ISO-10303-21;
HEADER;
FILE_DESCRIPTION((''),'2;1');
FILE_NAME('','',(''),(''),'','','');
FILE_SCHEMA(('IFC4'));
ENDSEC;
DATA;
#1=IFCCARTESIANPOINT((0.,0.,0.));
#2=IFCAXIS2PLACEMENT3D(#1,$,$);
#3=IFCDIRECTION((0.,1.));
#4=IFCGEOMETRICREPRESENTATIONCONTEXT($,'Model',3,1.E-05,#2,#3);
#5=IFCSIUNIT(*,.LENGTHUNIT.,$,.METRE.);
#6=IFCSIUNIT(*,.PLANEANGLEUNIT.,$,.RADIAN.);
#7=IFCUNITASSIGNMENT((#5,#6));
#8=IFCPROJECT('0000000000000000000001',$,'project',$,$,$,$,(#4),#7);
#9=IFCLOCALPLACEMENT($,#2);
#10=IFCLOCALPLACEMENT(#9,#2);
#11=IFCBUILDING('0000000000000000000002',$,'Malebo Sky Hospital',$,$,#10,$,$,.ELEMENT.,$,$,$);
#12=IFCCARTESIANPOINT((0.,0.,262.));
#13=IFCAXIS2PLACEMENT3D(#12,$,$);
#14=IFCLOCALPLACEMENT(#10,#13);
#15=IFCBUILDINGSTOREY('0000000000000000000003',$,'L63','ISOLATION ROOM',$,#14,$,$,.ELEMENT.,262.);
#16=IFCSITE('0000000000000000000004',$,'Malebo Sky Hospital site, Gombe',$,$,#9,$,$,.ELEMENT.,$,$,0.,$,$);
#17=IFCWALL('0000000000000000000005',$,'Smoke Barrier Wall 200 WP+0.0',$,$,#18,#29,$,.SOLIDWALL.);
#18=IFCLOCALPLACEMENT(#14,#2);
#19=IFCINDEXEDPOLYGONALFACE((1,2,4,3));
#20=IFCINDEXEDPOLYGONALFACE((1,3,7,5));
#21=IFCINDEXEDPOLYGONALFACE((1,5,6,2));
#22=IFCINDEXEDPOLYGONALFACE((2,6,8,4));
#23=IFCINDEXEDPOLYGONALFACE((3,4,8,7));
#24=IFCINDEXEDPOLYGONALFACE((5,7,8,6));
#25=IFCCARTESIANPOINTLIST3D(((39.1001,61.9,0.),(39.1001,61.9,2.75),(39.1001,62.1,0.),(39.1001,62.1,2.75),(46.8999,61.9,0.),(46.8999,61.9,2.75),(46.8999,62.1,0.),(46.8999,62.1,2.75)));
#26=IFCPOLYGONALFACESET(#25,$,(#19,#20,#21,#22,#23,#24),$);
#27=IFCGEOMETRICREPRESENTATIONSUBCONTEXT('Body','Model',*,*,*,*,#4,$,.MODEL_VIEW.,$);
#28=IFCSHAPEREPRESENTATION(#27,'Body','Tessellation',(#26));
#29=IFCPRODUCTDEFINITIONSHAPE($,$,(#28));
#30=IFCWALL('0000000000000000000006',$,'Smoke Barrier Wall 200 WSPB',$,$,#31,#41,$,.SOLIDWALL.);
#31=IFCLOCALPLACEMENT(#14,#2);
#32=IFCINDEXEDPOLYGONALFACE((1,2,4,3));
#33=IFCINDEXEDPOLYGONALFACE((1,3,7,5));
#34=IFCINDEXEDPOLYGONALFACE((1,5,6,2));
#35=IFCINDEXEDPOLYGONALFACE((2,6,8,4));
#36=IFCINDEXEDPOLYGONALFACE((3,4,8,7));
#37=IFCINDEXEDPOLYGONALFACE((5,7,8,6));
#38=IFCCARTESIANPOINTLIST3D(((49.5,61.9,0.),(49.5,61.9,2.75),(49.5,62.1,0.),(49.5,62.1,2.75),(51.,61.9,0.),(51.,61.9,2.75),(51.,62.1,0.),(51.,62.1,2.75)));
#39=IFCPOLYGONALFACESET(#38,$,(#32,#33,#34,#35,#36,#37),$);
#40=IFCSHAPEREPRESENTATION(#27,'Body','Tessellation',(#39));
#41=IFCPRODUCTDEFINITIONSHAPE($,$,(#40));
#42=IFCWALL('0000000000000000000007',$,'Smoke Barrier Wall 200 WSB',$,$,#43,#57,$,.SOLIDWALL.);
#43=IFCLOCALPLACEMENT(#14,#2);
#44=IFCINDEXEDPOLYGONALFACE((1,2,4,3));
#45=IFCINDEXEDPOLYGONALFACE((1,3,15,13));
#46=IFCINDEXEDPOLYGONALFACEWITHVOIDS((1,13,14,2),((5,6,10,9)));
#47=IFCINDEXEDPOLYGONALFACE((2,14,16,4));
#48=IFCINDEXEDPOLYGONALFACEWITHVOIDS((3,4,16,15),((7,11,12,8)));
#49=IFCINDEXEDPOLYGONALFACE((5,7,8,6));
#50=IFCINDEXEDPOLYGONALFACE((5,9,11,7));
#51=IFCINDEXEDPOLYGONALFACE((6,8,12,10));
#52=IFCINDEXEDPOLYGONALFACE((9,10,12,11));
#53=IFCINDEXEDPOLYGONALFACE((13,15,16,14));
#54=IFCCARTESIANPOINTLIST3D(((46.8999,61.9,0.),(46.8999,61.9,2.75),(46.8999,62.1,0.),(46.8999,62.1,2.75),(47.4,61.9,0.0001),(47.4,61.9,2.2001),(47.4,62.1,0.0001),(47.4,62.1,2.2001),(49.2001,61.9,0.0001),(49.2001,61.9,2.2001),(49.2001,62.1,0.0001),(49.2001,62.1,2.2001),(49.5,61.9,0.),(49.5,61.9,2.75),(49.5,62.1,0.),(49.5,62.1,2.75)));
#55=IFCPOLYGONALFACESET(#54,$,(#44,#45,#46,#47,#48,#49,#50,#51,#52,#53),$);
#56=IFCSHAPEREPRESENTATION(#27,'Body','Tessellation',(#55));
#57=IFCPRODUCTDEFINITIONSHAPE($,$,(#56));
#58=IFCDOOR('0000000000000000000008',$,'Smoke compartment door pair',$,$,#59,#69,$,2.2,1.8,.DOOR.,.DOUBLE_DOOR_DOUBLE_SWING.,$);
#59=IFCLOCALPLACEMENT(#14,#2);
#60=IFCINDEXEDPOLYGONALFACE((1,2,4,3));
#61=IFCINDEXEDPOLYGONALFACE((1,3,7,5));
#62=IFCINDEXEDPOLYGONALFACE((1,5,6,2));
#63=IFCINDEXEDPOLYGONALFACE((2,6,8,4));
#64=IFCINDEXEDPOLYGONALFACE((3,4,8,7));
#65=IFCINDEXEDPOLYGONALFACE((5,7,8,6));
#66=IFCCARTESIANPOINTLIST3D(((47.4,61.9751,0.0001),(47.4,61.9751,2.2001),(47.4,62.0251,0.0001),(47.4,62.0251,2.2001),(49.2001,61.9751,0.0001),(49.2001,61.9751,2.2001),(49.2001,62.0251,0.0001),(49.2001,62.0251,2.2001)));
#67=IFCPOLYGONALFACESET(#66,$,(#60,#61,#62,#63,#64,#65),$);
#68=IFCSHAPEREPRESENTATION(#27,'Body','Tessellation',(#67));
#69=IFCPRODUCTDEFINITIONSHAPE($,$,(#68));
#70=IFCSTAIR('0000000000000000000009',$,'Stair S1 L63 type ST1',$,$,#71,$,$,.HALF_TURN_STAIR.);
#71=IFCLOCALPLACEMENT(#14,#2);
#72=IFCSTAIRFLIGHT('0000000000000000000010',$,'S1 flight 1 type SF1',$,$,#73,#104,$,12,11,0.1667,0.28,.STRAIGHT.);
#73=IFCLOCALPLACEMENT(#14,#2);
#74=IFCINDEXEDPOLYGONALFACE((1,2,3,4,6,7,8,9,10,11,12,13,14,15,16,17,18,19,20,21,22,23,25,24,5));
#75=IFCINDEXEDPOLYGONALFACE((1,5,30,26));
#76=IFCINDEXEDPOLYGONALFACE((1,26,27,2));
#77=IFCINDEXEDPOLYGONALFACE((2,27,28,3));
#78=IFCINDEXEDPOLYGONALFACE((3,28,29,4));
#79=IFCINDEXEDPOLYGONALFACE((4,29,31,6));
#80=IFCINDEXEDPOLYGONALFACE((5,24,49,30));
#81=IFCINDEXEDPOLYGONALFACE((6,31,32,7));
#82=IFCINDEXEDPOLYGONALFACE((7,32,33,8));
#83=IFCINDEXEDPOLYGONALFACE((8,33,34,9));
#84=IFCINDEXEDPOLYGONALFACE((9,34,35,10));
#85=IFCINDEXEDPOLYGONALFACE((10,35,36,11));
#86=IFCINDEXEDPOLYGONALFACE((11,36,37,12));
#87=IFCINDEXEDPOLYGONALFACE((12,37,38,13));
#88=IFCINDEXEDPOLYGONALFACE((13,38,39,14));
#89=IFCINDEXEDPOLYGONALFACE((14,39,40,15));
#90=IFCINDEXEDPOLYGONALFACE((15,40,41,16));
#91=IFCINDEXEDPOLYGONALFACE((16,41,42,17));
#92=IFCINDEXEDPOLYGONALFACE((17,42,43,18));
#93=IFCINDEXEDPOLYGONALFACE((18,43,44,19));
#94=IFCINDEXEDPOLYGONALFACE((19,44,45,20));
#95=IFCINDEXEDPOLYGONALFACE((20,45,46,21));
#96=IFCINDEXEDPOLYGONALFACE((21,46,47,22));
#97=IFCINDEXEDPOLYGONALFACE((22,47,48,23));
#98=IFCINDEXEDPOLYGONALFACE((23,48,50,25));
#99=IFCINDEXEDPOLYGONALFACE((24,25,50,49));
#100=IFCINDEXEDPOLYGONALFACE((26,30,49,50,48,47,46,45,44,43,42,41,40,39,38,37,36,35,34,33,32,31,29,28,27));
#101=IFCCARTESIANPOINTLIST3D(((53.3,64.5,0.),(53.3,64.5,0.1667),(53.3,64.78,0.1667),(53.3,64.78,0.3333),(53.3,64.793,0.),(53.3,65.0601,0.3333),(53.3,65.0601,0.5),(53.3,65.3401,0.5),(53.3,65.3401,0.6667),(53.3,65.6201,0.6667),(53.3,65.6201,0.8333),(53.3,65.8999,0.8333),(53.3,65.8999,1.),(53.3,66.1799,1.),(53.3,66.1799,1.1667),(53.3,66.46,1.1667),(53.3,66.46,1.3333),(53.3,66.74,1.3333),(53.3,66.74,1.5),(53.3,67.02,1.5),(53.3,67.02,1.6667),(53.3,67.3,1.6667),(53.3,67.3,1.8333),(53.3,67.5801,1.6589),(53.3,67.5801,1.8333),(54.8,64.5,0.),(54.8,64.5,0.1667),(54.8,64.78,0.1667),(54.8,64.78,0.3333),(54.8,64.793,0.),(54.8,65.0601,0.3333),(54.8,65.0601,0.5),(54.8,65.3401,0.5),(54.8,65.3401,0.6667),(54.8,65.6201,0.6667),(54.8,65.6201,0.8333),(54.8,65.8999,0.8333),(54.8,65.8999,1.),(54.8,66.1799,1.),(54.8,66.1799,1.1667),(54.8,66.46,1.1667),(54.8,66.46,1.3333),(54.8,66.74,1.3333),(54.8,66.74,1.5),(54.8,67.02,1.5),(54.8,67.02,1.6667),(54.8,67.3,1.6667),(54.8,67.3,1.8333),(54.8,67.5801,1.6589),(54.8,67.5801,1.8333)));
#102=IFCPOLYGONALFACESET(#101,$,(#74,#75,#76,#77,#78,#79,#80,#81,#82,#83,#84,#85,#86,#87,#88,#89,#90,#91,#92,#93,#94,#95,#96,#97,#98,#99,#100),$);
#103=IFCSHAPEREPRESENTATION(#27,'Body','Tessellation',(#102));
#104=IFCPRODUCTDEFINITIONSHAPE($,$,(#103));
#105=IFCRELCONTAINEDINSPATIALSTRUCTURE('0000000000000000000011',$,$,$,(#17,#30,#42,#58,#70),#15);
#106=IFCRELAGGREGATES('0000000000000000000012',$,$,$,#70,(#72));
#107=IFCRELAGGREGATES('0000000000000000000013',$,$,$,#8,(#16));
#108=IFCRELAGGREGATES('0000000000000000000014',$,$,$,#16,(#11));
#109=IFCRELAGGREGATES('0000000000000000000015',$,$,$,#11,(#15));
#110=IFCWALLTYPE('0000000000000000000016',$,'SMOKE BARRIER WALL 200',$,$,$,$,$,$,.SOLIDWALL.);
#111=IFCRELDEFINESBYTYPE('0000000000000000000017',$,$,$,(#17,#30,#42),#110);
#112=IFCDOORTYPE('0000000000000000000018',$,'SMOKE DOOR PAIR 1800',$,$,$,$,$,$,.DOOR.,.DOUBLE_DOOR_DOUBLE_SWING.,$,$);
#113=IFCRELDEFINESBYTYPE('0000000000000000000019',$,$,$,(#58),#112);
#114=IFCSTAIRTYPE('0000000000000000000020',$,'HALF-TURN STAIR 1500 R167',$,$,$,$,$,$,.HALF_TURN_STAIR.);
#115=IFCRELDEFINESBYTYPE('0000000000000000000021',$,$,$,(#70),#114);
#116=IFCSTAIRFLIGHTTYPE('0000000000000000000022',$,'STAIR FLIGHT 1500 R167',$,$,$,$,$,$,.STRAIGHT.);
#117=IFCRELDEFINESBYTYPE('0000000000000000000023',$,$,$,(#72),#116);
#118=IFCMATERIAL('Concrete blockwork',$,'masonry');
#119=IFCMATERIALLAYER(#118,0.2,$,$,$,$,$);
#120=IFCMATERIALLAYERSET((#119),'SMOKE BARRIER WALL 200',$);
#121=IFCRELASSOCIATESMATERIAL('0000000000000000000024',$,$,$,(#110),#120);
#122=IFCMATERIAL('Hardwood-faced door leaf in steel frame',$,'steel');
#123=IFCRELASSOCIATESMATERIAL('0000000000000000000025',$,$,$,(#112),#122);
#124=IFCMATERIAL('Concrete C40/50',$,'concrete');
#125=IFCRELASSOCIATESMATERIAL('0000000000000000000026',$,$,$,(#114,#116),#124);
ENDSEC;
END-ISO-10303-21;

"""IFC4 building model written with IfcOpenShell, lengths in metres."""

from ifc_helpers import new_model, si_unit, direction, frame, frame_2d, origin, place, context, subcontext, project, spatial, polyline, rectangle, outline, extrude, material, layer, layer_set, type_object, element, fill, aggregate, save


model = new_model("IFC4")

# Units and contexts
model_context = context("Model", 3, precision=1e-05, world=origin(), true_north=direction((0.0, 1.0)))
body_context = subcontext(model_context, "Body", "Model", "MODEL_VIEW")
ifc_project = project(units=[si_unit("LENGTHUNIT", "METRE"), si_unit("PLANEANGLEUNIT", "RADIAN")], contexts=[model_context])

# Site, building, storey
site_placement = place(None, origin())
site = spatial("IfcSite", under=ifc_project, at=site_placement, Name="Malebo Sky Hospital site, Gombe", CompositionType="ELEMENT", RefElevation=0.0)
building_placement = place(site_placement, origin())
building = spatial("IfcBuilding", under=site, at=building_placement, Name="Malebo Sky Hospital", CompositionType="ELEMENT")
storey_placement = place(building_placement, frame((0.0, 0.0, 262.0)))
storey = spatial("IfcBuildingStorey", under=building, at=storey_placement, Name="L63", Description="ISOLATION ROOM", CompositionType="ELEMENT", Elevation=262.0)

# Shared definitions
ifc_material_1 = material(Name="Hardwood-faced door leaf in steel frame", Category="steel")

# Walls
ifc_material_2 = material(Name="Concrete blockwork", Category="masonry")
ifc_layer_1 = layer(ifc_material_2, 0.2)
ifc_layer_set_1 = layer_set([ifc_layer_1], Name="SMOKE BARRIER WALL 200")
wall_type_1 = type_object("IfcWallType", Name="SMOKE BARRIER WALL 200", PredefinedType="SOLIDWALL", material=ifc_layer_set_1)
wall_1_placement = place(storey_placement, frame((46.8999, 62.0, 0.0), z_axis=(0.0, 0.0, 1.0), x_axis=(-1.0, 0.0, 0.0)))
element("IfcWall", 1, at=wall_1_placement, inside=storey, type_object=wall_type_1, Name="Smoke Barrier Wall 200 WP+0.0", PredefinedType="SOLIDWALL", context=body_context, shape_type="SweptSolid", body=[
    extrude(rectangle(XDim=7.7998, YDim=0.2, at=frame_2d((3.8999, 0.0))), origin(), (0.0, 0.0, 1.0), 2.75),
])
wall_2_placement = place(storey_placement, frame((51.0, 62.0, 0.0), z_axis=(0.0, 0.0, 1.0), x_axis=(-1.0, 0.0, 0.0)))
element("IfcWall", 2, at=wall_2_placement, inside=storey, type_object=wall_type_1, Name="Smoke Barrier Wall 200 WSPB", PredefinedType="SOLIDWALL", context=body_context, shape_type="SweptSolid", body=[
    extrude(rectangle(XDim=1.5, YDim=0.2, at=frame_2d((0.75, 0.0))), origin(), (0.0, 0.0, 1.0), 2.75),
])

# Wall, opening, door
wall_3_placement = place(storey_placement, frame((49.5, 62.0, 0.0), z_axis=(0.0, 0.0, 1.0), x_axis=(-1.0, 0.0, 0.0)))
wall_3 = element("IfcWall", 3, at=wall_3_placement, inside=storey, type_object=wall_type_1, Name="Smoke Barrier Wall 200 WSB", PredefinedType="SOLIDWALL", context=body_context, shape_type="SweptSolid", body=[
    extrude(rectangle(XDim=2.6001, YDim=0.2, at=frame_2d((1.3, 0.0))), origin(), (0.0, 0.0, 1.0), 2.75),
])
opening_1_placement = place(wall_3_placement, frame((0.3, 0.0, 0.0)))
opening_1 = element("IfcOpeningElement", 4, at=opening_1_placement, cuts=wall_3, PredefinedType="OPENING", context=body_context, shape_type="SweptSolid", body=[
    extrude(rectangle(XDim=1.8, YDim=2.2, at=frame_2d((0.8999, 1.1001))), frame((0.0, 0.1099, 0.0), z_axis=(0.0, -1.0, 0.0), x_axis=(1.0, 0.0, 0.0)), (0.0, 0.0, 1.0), 0.22),
])
door_type_1 = type_object("IfcDoorType", Name="SMOKE DOOR PAIR 1800", OperationType="DOUBLE_DOOR_DOUBLE_SWING", PredefinedType="DOOR", material=ifc_material_1)
door_1_placement = place(opening_1_placement, origin())
door_1 = element("IfcDoor", 5, at=door_1_placement, inside=storey, type_object=door_type_1, Name="Smoke compartment door pair", OperationType="DOUBLE_DOOR_DOUBLE_SWING", OverallHeight=2.2, OverallWidth=1.8, PredefinedType="DOOR", context=body_context, shape_type="SweptSolid", body=[
    extrude(rectangle(XDim=1.8, YDim=2.2, at=frame_2d((0.8999, 1.1001))), frame((0.0, 0.0249, 0.0), z_axis=(0.0, -1.0, 0.0), x_axis=(1.0, 0.0, 0.0)), (0.0, 0.0, 1.0), 0.05),
])
fill(opening_1, door_1)

# Stair, stair flight
ifc_material_3 = material(Name="Concrete C40/50", Category="concrete")
stair_type = type_object("IfcStairType", Name="HALF-TURN STAIR 1500 R167", PredefinedType="HALF_TURN_STAIR", material=ifc_material_3)
stair_placement = place(storey_placement, origin())
stair = element("IfcStair", 6, at=stair_placement, inside=storey, type_object=stair_type, Name="Stair S1 L63 type ST1", PredefinedType="HALF_TURN_STAIR")
stair_flight_type = type_object("IfcStairFlightType", Name="STAIR FLIGHT 1500 R167", PredefinedType="STRAIGHT", material=ifc_material_3)
stair_flight_placement = place(storey_placement, frame((54.05, 64.5, 0.0), z_axis=(0.0, 0.0, 1.0), x_axis=(0.0, 1.0, 0.0)))
stair_flight = element("IfcStairFlight", 7, at=stair_flight_placement, type_object=stair_flight_type, Name="S1 flight 1 type SF1", NumberOfRisers=12, NumberOfTreads=11, PredefinedType="STRAIGHT", RiserHeight=0.1667, TreadLength=0.28, context=body_context, shape_type="SweptSolid", body=[
    extrude(outline(polyline([(0.0, 0.0), (0.0, 0.1667), (0.28, 0.1667), (0.28, 0.3333), (0.5601, 0.3333), (0.5601, 0.5), (0.8401, 0.5), (0.8401, 0.6667), (1.1201, 0.6667), (1.1201, 0.8333), (1.3999, 0.8333), (1.3999, 1.0), (1.6799, 1.0), (1.6799, 1.1667), (1.96, 1.1667), (1.96, 1.3333), (2.24, 1.3333), (2.24, 1.5), (2.52, 1.5), (2.52, 1.6667), (2.8, 1.6667), (2.8, 1.8333), (3.0801, 1.8333), (3.0801, 2.0), (3.0801, 1.6589), (0.293, 0.0), (0.0, 0.0)])), frame((0.0, 0.75, 0.0), z_axis=(0.0, -1.0, 0.0), x_axis=(1.0, 0.0, 0.0)), (0.0, 0.0, 1.0), 1.5),
])
aggregate(stair, [stair_flight])

save(model, "model.ifc")
